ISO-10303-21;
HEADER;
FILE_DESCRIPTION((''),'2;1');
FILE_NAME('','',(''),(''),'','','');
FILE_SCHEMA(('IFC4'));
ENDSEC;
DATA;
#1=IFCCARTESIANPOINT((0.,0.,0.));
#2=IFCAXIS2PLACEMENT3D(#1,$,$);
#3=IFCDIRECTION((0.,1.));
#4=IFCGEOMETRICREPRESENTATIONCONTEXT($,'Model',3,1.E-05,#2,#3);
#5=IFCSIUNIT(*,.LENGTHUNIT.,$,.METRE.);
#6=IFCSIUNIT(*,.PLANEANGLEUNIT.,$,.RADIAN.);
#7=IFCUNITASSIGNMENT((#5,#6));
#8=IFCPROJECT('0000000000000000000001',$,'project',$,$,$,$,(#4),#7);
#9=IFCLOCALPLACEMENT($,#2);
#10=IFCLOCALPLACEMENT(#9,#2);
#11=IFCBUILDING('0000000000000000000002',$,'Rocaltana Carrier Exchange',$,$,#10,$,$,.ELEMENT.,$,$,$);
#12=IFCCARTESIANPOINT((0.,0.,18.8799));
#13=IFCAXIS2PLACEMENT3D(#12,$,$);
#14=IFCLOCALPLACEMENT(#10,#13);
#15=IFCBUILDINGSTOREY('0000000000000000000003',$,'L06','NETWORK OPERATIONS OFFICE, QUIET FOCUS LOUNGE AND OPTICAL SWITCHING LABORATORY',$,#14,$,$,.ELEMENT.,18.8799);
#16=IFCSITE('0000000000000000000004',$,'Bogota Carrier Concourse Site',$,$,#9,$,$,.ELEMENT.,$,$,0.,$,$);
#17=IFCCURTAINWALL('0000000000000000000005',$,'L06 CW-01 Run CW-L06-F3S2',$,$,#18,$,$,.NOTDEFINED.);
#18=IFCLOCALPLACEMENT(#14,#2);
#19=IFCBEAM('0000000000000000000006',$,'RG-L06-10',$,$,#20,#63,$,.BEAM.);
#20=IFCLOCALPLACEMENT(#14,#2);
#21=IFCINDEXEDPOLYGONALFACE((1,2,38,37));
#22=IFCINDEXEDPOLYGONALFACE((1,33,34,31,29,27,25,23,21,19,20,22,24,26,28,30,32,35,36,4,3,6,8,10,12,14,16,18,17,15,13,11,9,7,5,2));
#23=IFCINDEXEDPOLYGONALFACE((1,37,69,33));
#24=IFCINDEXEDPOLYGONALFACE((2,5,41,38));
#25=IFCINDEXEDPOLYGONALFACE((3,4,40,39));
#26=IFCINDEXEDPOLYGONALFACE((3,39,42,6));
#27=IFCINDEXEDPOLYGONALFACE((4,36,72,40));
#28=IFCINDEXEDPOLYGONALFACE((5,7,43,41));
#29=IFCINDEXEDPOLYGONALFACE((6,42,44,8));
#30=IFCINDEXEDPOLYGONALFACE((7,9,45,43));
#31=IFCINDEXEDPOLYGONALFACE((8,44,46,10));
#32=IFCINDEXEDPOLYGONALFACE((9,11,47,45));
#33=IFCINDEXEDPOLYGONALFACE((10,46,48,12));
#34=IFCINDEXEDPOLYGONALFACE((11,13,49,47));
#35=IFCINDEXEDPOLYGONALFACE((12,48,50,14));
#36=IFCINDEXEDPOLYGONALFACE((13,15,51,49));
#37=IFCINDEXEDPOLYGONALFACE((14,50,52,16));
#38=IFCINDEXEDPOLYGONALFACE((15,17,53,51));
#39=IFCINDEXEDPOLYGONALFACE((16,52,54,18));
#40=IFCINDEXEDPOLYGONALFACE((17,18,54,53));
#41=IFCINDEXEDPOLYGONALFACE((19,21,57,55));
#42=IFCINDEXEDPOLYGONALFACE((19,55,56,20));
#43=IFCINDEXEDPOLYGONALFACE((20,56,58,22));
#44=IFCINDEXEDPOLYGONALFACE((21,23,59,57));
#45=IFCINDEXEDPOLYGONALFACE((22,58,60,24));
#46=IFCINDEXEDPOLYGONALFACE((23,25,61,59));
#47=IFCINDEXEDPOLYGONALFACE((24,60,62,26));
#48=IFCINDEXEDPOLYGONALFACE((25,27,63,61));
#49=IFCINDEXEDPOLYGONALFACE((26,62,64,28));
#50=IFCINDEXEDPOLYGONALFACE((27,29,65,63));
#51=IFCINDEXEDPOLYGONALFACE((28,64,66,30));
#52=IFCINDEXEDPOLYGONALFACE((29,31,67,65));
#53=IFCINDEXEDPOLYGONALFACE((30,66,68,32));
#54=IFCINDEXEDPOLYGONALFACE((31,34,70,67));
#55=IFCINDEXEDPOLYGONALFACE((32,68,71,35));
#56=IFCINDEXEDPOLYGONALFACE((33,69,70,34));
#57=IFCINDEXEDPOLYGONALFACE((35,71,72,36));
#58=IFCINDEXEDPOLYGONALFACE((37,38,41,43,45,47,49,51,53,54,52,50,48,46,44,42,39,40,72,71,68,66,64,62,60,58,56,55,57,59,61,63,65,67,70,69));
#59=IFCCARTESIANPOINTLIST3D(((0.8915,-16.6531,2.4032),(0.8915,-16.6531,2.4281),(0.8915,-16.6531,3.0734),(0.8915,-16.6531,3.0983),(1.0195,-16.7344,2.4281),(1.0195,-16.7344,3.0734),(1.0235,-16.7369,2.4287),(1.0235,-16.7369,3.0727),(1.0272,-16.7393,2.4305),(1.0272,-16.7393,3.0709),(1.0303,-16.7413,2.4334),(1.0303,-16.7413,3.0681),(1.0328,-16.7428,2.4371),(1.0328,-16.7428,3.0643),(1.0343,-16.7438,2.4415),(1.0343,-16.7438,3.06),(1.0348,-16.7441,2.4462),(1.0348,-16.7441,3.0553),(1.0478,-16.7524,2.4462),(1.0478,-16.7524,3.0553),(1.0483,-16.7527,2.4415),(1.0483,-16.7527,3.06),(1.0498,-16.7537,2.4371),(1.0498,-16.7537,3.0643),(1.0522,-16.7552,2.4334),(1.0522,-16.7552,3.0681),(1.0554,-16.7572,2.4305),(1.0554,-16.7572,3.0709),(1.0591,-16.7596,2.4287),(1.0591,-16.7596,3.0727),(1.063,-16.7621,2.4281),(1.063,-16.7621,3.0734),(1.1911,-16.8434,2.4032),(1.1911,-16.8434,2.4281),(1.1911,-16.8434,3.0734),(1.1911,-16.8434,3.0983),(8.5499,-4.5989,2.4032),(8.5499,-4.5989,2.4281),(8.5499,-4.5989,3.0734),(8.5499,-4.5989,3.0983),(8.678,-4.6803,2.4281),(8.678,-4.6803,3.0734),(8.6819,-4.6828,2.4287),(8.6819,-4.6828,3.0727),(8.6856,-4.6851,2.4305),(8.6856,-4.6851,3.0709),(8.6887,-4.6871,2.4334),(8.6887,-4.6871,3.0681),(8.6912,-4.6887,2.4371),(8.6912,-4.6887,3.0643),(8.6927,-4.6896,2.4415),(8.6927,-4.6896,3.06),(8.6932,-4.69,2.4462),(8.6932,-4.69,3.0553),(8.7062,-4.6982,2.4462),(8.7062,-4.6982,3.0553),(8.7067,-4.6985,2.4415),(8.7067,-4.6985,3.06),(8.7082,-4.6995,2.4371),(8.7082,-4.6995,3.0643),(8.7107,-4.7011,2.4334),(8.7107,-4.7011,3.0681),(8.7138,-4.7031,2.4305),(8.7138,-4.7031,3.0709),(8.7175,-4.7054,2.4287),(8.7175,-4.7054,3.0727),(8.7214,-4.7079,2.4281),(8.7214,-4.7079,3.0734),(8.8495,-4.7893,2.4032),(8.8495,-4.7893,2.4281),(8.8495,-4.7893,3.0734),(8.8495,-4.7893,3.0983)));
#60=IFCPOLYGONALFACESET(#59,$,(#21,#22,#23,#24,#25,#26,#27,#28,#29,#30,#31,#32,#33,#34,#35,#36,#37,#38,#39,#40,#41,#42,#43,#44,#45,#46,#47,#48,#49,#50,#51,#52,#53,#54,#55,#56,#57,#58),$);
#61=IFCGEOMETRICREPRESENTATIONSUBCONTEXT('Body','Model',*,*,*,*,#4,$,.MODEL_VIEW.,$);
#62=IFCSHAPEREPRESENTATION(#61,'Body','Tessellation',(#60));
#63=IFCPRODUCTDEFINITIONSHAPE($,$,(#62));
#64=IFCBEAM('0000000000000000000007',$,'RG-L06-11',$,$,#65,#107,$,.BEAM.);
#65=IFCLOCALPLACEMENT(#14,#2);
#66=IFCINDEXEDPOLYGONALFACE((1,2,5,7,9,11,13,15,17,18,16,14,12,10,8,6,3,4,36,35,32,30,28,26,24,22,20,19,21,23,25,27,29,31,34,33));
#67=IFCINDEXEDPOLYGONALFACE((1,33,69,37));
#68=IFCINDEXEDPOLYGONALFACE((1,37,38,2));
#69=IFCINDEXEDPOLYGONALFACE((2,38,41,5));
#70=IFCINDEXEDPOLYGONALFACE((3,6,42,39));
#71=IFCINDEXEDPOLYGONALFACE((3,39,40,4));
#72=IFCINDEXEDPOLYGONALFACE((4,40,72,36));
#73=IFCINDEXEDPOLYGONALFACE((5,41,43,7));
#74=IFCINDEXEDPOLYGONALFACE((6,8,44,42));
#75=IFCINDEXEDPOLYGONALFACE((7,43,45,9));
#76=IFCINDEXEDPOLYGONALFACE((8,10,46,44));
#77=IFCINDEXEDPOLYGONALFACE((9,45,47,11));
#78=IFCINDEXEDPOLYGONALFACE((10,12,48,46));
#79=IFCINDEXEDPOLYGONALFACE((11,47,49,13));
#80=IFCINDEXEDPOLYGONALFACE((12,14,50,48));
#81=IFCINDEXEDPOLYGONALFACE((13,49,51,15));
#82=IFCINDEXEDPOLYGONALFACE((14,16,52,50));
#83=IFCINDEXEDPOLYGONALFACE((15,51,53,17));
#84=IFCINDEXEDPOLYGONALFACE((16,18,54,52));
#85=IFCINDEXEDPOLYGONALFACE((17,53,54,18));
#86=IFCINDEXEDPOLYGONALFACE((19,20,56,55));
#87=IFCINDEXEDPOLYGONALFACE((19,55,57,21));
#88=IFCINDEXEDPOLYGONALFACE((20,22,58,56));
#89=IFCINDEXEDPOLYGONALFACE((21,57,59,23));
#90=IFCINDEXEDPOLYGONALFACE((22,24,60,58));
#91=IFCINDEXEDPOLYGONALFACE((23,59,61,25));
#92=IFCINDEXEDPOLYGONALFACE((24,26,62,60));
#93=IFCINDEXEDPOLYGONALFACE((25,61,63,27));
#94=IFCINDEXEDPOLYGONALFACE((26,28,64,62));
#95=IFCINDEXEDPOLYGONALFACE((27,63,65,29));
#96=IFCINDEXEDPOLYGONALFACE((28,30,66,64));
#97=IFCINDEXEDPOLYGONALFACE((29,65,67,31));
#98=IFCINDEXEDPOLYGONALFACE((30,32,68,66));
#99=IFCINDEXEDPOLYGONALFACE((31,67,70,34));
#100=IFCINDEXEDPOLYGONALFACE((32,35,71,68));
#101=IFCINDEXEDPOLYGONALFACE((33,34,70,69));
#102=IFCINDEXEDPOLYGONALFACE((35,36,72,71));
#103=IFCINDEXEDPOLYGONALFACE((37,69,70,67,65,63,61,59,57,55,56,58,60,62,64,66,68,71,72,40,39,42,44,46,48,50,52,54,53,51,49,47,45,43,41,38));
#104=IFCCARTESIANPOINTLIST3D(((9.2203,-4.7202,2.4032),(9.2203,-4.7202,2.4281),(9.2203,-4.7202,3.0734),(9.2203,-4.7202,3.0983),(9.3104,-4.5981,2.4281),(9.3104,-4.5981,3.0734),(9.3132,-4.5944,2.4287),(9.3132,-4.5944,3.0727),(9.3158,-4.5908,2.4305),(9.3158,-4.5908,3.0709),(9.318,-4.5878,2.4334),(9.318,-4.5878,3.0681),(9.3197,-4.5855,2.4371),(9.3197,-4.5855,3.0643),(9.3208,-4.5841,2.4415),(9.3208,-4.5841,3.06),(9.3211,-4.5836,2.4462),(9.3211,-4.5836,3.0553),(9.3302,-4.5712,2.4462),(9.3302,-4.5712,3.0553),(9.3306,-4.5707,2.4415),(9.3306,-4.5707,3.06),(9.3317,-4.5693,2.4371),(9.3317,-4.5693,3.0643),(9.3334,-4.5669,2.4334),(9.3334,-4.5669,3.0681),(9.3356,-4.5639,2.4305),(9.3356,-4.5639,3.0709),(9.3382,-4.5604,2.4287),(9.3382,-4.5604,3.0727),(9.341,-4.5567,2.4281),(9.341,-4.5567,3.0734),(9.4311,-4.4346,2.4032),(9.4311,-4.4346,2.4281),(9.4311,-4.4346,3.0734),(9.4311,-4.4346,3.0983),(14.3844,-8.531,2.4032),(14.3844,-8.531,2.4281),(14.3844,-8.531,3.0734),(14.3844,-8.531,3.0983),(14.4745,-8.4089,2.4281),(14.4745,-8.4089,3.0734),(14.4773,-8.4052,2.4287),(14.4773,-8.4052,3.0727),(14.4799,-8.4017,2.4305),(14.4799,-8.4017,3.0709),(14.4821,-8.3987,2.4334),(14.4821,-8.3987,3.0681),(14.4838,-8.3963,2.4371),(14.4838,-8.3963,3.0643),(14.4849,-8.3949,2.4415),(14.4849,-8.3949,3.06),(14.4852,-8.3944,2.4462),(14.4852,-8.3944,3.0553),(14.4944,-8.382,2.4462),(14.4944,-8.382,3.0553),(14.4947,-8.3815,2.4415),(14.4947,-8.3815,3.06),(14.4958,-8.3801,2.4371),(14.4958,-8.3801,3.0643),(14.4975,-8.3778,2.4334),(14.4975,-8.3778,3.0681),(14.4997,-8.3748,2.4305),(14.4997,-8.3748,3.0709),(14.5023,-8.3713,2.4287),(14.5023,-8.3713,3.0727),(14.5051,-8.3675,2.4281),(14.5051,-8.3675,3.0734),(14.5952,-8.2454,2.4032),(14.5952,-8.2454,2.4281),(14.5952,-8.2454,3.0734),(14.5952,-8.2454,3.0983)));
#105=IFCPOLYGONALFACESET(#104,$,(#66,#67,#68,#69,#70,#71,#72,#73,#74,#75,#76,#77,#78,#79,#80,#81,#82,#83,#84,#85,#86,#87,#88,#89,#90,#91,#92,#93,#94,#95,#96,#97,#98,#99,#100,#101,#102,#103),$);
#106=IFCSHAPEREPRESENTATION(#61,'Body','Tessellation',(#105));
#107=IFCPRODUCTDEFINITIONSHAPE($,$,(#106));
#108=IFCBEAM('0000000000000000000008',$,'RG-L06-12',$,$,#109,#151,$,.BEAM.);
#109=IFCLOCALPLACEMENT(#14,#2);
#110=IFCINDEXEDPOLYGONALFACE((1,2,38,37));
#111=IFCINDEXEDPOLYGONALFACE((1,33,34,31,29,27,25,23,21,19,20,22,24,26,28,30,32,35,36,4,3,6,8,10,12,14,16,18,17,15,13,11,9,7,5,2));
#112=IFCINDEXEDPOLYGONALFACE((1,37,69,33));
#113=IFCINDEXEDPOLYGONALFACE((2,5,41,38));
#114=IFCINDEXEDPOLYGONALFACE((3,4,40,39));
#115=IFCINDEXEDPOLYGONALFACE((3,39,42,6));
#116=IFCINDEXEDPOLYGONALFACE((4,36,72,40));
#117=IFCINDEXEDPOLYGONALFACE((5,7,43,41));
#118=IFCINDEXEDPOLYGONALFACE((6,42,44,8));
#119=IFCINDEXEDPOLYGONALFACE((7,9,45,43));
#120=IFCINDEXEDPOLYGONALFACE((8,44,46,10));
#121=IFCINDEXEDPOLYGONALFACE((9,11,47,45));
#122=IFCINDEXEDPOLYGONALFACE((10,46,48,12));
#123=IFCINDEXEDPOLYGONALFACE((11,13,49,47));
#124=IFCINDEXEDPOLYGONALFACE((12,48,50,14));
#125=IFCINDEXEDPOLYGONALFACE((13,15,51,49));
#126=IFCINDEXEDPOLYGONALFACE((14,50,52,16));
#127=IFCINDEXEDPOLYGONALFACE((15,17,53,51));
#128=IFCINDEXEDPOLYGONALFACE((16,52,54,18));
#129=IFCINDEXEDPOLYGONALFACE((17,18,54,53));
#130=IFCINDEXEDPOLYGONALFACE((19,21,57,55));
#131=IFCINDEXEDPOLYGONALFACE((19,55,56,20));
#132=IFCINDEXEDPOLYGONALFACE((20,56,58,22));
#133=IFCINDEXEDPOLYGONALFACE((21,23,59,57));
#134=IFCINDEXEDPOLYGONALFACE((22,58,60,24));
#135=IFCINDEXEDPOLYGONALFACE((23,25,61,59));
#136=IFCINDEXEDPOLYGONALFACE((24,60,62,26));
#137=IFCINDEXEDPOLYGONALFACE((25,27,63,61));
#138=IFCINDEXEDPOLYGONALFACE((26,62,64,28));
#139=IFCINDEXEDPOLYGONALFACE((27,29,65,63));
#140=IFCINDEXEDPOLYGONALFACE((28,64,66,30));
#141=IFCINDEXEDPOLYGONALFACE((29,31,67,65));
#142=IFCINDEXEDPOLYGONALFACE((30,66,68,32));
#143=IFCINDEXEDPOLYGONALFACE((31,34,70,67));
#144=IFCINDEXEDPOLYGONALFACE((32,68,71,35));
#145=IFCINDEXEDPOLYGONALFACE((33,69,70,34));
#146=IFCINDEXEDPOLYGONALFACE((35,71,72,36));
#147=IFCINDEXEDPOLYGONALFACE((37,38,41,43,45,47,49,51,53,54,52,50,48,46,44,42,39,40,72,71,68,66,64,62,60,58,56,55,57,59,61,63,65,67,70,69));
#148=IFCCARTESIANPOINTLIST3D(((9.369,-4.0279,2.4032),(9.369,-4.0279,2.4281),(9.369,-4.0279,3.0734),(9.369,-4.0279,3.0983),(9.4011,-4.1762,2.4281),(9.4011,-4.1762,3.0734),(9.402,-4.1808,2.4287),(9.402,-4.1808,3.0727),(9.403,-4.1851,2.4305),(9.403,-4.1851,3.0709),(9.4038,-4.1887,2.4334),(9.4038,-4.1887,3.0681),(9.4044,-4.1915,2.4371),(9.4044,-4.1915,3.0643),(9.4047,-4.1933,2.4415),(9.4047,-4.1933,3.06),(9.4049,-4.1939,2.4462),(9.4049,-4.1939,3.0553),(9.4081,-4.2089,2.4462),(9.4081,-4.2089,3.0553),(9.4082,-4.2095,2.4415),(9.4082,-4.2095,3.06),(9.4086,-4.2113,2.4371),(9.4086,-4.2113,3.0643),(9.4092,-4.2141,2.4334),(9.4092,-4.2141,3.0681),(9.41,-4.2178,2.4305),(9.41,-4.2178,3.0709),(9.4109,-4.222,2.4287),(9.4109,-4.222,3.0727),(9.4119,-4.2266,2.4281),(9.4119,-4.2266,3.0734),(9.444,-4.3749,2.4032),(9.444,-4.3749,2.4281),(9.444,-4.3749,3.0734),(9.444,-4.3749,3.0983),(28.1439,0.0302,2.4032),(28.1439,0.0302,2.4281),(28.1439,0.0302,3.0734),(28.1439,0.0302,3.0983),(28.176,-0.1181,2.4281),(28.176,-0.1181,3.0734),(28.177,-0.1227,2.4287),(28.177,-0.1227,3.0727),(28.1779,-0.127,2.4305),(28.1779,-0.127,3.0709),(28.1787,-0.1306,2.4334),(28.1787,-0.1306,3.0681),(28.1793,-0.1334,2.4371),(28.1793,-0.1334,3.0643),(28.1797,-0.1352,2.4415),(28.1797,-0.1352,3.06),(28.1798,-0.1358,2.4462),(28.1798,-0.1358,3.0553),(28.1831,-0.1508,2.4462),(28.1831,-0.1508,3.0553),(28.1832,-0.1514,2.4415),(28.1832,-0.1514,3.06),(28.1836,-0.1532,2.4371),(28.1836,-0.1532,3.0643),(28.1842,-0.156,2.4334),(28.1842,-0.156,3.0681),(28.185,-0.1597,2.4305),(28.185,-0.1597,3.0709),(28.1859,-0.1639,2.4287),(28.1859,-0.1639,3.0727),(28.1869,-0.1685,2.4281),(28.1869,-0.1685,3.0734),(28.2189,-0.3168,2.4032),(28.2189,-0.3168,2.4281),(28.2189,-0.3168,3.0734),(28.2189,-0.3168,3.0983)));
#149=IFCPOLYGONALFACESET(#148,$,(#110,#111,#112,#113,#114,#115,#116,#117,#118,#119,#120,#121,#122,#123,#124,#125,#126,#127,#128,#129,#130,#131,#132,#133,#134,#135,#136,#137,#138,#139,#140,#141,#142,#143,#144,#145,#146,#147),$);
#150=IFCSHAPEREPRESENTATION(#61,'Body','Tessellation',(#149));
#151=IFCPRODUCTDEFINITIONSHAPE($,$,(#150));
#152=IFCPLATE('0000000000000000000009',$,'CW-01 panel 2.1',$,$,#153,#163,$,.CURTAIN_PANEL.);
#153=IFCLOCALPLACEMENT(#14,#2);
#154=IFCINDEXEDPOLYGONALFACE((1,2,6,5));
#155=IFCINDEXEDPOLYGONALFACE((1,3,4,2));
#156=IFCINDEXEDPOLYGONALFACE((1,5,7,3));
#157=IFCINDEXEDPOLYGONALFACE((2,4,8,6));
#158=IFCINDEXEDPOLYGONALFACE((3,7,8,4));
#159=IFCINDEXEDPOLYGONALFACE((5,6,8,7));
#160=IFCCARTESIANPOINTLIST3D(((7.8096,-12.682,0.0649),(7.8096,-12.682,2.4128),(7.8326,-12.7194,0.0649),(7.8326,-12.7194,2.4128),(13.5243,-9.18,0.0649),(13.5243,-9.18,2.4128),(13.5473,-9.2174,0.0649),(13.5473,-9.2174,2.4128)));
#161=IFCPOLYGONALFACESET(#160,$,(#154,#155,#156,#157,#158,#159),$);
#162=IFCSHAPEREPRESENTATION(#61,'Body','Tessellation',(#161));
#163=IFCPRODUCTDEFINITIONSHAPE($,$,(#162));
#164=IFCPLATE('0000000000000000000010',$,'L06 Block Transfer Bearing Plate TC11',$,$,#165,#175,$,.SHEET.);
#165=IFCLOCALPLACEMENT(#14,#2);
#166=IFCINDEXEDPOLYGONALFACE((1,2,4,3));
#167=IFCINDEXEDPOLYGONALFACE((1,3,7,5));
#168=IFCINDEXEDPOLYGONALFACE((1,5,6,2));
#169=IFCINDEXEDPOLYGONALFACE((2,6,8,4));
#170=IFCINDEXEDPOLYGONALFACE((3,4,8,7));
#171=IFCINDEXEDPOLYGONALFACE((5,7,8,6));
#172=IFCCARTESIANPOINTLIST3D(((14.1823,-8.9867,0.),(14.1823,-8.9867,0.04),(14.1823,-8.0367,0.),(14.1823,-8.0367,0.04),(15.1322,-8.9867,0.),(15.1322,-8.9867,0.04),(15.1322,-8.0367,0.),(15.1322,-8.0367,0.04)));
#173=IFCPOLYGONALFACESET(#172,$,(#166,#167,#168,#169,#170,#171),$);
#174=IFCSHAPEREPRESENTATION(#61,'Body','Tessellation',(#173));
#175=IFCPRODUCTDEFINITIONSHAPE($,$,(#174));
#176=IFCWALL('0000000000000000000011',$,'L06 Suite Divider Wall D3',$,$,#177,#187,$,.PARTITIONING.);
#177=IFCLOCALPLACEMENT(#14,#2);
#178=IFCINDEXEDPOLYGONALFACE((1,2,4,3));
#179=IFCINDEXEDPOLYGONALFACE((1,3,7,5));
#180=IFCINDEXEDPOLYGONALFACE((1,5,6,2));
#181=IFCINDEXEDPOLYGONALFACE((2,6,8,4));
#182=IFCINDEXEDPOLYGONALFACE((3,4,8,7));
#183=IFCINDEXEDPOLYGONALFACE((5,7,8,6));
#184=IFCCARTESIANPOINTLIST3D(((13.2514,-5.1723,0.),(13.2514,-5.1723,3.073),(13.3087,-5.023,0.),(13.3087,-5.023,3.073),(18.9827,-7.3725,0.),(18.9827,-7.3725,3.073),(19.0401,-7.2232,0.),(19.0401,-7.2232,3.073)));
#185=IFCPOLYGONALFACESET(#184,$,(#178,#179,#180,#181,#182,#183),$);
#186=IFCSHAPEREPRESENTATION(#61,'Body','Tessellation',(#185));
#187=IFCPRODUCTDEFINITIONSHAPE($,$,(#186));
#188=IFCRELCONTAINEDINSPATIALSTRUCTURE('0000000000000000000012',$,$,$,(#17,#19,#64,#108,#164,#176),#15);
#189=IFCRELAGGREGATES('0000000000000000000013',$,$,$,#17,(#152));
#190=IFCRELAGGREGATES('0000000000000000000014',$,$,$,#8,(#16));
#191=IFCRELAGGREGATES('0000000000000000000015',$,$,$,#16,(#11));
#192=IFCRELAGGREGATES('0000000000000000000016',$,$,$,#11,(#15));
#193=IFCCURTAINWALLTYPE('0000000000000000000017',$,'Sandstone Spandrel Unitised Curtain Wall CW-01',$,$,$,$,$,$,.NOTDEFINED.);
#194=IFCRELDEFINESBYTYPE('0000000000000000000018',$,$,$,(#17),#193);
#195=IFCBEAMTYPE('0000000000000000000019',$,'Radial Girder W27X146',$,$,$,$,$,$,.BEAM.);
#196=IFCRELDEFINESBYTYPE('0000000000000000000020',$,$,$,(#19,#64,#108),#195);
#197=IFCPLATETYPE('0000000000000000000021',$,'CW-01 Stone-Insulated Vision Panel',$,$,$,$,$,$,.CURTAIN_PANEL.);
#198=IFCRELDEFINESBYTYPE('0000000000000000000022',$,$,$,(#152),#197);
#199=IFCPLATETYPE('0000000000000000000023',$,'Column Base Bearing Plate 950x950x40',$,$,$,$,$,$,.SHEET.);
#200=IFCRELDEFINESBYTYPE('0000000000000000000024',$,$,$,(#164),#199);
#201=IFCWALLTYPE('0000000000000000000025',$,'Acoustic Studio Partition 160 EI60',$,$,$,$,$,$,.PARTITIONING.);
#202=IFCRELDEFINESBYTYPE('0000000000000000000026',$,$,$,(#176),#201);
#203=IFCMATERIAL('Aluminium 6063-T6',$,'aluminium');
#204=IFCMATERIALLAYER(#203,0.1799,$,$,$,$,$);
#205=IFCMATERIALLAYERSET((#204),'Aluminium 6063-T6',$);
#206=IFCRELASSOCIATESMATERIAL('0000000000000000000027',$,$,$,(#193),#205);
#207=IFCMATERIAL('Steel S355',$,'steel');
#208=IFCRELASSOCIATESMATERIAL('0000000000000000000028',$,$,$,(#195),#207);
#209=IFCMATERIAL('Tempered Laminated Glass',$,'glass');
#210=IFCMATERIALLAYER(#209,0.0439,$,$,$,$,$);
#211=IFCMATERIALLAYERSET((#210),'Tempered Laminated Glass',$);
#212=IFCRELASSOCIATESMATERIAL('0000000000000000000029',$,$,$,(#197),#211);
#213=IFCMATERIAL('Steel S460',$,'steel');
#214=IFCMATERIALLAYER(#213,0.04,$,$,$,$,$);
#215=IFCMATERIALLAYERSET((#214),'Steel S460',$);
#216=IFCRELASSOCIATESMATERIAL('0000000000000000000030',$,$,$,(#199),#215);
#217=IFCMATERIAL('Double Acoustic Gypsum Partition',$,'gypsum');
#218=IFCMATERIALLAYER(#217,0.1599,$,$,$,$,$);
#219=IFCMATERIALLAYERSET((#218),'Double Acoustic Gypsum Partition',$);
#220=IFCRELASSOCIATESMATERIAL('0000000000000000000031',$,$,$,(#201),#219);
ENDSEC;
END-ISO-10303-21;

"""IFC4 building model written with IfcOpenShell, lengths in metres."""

from ifc_helpers import new_model, si_unit, direction, frame, frame_2d, origin, origin_2d, place, context, subcontext, project, spatial, rectangle, i_section, extrude, material, layer, layer_set, material_profile, profile_set, type_object, element, aggregate, save


model = new_model("IFC4")

# Units and contexts
model_context = context("Model", 3, precision=1e-05, world=origin(), true_north=direction((0.0, 1.0)))
body_context = subcontext(model_context, "Body", "Model", "MODEL_VIEW")
ifc_project = project(units=[si_unit("LENGTHUNIT", "METRE"), si_unit("PLANEANGLEUNIT", "RADIAN")], contexts=[model_context])

# Site, building, storey
site_placement = place(None, origin())
site = spatial("IfcSite", under=ifc_project, at=site_placement, Name="Bogota Carrier Concourse Site", CompositionType="ELEMENT", RefElevation=0.0)
building_placement = place(site_placement, origin())
building = spatial("IfcBuilding", under=site, at=building_placement, Name="Rocaltana Carrier Exchange", CompositionType="ELEMENT")
storey_placement = place(building_placement, frame((0.0, 0.0, 18.8799)))
storey = spatial("IfcBuildingStorey", under=building, at=storey_placement, Name="L06", Description="NETWORK OPERATIONS OFFICE, QUIET FOCUS LOUNGE AND OPTICAL SWITCHING LABORATORY", CompositionType="ELEMENT", Elevation=18.8799)

# Curtain wall
ifc_material_1 = material(Name="Aluminium 6063-T6", Category="aluminium")
ifc_layer_1 = layer(ifc_material_1, 0.1799)
ifc_layer_set_1 = layer_set([ifc_layer_1], Name="Aluminium 6063-T6")
curtain_wall_type = type_object("IfcCurtainWallType", Name="Sandstone Spandrel Unitised Curtain Wall CW-01", PredefinedType="NOTDEFINED", material=ifc_layer_set_1)
curtain_wall_placement = place(storey_placement, origin())
curtain_wall = element("IfcCurtainWall", 1, at=curtain_wall_placement, inside=storey, type_object=curtain_wall_type, Name="L06 CW-01 Run CW-L06-F3S2", PredefinedType="NOTDEFINED")

# Beams
ifc_material_2 = material(Name="Steel S355", Category="steel")
ifc_material_profile_1 = material_profile(ifc_material_2, i_section(OverallWidth=0.355, OverallDepth=0.6951, WebThickness=0.0154, FlangeThickness=0.0249, FilletRadius=0.0181, at=origin_2d()), Name="W27X146")
ifc_profile_set_1 = profile_set([ifc_material_profile_1], Name="Steel S355")
beam_type_1 = type_object("IfcBeamType", Name="Radial Girder W27X146", PredefinedType="BEAM", material=ifc_profile_set_1)
beam_1_placement = place(storey_placement, frame((8.6997, -4.6941, 2.7507), z_axis=(-0.536257, -0.844055, 0.0), x_axis=(0.844055, -0.536257, 0.0)))
element("IfcBeam", 2, at=beam_1_placement, inside=storey, type_object=beam_type_1, Name="RG-L06-10", PredefinedType="BEAM", context=body_context, shape_type="SweptSolid", body=[
    extrude(i_section(OverallWidth=0.355, OverallDepth=0.6951, WebThickness=0.0154, FlangeThickness=0.0249, FilletRadius=0.0181, at=origin_2d()), origin(), (0.0, 0.0, 1.0), 14.2812),
])
beam_2_placement = place(storey_placement, frame((9.3257, -4.5774, 2.7507), z_axis=(0.804632, -0.593774, 0.0), x_axis=(0.593774, 0.804632, 0.0)))
element("IfcBeam", 3, at=beam_2_placement, inside=storey, type_object=beam_type_1, Name="RG-L06-11", PredefinedType="BEAM", context=body_context, shape_type="SweptSolid", body=[
    extrude(i_section(OverallWidth=0.355, OverallDepth=0.6951, WebThickness=0.0154, FlangeThickness=0.0249, FilletRadius=0.0181, at=origin_2d()), origin(), (0.0, 0.0, 1.0), 6.418),
])
beam_3_placement = place(storey_placement, frame((9.4065, -4.2014, 2.7507), z_axis=(0.977428, 0.211267, 0.0), x_axis=(-0.211267, 0.977428, 0.0)))
element("IfcBeam", 4, at=beam_3_placement, inside=storey, type_object=beam_type_1, Name="RG-L06-12", PredefinedType="BEAM", context=body_context, shape_type="SweptSolid", body=[
    extrude(i_section(OverallWidth=0.355, OverallDepth=0.6951, WebThickness=0.0154, FlangeThickness=0.0249, FilletRadius=0.0181, at=origin_2d()), origin(), (0.0, 0.0, 1.0), 19.2085),
])

# Plates
ifc_material_3 = material(Name="Tempered Laminated Glass", Category="glass")
ifc_layer_2 = layer(ifc_material_3, 0.0439)
ifc_layer_set_2 = layer_set([ifc_layer_2], Name="Tempered Laminated Glass")
plate_type_1 = type_object("IfcPlateType", Name="CW-01 Stone-Insulated Vision Panel", PredefinedType="CURTAIN_PANEL", material=ifc_layer_set_2)
plate_1_placement = place(storey_placement, frame((10.6785, -10.9497, 0.0649), z_axis=(0.0, 0.0, 1.0), x_axis=(0.852639, 0.5225, 0.0)))
plate_1 = element("IfcPlate", 5, at=plate_1_placement, type_object=plate_type_1, Name="CW-01 panel 2.1", PredefinedType="CURTAIN_PANEL", context=body_context, shape_type="SweptSolid", body=[
    extrude(rectangle(XDim=6.7024, YDim=0.0439, at=origin_2d()), origin(), (0.0, 0.0, 1.0), 2.3479),
])
aggregate(curtain_wall, [plate_1])
ifc_material_4 = material(Name="Steel S460", Category="steel")
ifc_layer_3 = layer(ifc_material_4, 0.04)
ifc_layer_set_3 = layer_set([ifc_layer_3], Name="Steel S460")
plate_type_2 = type_object("IfcPlateType", Name="Column Base Bearing Plate 950x950x40", PredefinedType="SHEET", material=ifc_layer_set_3)
plate_2_placement = place(storey_placement, frame((14.6572, -8.5117, 0.0), z_axis=(0.0, 0.0, 1.0), x_axis=(1.0, 0.0, 0.0)))
element("IfcPlate", 6, at=plate_2_placement, inside=storey, type_object=plate_type_2, Name="L06 Block Transfer Bearing Plate TC11", PredefinedType="SHEET", context=body_context, shape_type="SweptSolid", body=[
    extrude(rectangle(XDim=0.95, YDim=0.95, at=origin_2d()), origin(), (0.0, 0.0, 1.0), 0.04),
])

# Wall
ifc_material_5 = material(Name="Double Acoustic Gypsum Partition", Category="gypsum")
ifc_layer_4 = layer(ifc_material_5, 0.1599)
ifc_layer_set_4 = layer_set([ifc_layer_4], Name="Double Acoustic Gypsum Partition")
wall_type_1 = type_object("IfcWallType", Name="Acoustic Studio Partition 160 EI60", PredefinedType="PARTITIONING", material=ifc_layer_set_4)
wall_1_placement = place(storey_placement, frame((13.28, -5.0977, 0.0), z_axis=(0.0, 0.0, 1.0), x_axis=(0.933575, -0.358382, 0.0)))
element("IfcWall", 7, at=wall_1_placement, inside=storey, type_object=wall_type_1, Name="L06 Suite Divider Wall D3", PredefinedType="PARTITIONING", context=body_context, shape_type="SweptSolid", body=[
    extrude(rectangle(XDim=6.1392, YDim=0.1599, at=frame_2d((3.0696, 0.0))), origin(), (0.0, 0.0, 1.0), 3.073),
])

save(model, "model.ifc")
